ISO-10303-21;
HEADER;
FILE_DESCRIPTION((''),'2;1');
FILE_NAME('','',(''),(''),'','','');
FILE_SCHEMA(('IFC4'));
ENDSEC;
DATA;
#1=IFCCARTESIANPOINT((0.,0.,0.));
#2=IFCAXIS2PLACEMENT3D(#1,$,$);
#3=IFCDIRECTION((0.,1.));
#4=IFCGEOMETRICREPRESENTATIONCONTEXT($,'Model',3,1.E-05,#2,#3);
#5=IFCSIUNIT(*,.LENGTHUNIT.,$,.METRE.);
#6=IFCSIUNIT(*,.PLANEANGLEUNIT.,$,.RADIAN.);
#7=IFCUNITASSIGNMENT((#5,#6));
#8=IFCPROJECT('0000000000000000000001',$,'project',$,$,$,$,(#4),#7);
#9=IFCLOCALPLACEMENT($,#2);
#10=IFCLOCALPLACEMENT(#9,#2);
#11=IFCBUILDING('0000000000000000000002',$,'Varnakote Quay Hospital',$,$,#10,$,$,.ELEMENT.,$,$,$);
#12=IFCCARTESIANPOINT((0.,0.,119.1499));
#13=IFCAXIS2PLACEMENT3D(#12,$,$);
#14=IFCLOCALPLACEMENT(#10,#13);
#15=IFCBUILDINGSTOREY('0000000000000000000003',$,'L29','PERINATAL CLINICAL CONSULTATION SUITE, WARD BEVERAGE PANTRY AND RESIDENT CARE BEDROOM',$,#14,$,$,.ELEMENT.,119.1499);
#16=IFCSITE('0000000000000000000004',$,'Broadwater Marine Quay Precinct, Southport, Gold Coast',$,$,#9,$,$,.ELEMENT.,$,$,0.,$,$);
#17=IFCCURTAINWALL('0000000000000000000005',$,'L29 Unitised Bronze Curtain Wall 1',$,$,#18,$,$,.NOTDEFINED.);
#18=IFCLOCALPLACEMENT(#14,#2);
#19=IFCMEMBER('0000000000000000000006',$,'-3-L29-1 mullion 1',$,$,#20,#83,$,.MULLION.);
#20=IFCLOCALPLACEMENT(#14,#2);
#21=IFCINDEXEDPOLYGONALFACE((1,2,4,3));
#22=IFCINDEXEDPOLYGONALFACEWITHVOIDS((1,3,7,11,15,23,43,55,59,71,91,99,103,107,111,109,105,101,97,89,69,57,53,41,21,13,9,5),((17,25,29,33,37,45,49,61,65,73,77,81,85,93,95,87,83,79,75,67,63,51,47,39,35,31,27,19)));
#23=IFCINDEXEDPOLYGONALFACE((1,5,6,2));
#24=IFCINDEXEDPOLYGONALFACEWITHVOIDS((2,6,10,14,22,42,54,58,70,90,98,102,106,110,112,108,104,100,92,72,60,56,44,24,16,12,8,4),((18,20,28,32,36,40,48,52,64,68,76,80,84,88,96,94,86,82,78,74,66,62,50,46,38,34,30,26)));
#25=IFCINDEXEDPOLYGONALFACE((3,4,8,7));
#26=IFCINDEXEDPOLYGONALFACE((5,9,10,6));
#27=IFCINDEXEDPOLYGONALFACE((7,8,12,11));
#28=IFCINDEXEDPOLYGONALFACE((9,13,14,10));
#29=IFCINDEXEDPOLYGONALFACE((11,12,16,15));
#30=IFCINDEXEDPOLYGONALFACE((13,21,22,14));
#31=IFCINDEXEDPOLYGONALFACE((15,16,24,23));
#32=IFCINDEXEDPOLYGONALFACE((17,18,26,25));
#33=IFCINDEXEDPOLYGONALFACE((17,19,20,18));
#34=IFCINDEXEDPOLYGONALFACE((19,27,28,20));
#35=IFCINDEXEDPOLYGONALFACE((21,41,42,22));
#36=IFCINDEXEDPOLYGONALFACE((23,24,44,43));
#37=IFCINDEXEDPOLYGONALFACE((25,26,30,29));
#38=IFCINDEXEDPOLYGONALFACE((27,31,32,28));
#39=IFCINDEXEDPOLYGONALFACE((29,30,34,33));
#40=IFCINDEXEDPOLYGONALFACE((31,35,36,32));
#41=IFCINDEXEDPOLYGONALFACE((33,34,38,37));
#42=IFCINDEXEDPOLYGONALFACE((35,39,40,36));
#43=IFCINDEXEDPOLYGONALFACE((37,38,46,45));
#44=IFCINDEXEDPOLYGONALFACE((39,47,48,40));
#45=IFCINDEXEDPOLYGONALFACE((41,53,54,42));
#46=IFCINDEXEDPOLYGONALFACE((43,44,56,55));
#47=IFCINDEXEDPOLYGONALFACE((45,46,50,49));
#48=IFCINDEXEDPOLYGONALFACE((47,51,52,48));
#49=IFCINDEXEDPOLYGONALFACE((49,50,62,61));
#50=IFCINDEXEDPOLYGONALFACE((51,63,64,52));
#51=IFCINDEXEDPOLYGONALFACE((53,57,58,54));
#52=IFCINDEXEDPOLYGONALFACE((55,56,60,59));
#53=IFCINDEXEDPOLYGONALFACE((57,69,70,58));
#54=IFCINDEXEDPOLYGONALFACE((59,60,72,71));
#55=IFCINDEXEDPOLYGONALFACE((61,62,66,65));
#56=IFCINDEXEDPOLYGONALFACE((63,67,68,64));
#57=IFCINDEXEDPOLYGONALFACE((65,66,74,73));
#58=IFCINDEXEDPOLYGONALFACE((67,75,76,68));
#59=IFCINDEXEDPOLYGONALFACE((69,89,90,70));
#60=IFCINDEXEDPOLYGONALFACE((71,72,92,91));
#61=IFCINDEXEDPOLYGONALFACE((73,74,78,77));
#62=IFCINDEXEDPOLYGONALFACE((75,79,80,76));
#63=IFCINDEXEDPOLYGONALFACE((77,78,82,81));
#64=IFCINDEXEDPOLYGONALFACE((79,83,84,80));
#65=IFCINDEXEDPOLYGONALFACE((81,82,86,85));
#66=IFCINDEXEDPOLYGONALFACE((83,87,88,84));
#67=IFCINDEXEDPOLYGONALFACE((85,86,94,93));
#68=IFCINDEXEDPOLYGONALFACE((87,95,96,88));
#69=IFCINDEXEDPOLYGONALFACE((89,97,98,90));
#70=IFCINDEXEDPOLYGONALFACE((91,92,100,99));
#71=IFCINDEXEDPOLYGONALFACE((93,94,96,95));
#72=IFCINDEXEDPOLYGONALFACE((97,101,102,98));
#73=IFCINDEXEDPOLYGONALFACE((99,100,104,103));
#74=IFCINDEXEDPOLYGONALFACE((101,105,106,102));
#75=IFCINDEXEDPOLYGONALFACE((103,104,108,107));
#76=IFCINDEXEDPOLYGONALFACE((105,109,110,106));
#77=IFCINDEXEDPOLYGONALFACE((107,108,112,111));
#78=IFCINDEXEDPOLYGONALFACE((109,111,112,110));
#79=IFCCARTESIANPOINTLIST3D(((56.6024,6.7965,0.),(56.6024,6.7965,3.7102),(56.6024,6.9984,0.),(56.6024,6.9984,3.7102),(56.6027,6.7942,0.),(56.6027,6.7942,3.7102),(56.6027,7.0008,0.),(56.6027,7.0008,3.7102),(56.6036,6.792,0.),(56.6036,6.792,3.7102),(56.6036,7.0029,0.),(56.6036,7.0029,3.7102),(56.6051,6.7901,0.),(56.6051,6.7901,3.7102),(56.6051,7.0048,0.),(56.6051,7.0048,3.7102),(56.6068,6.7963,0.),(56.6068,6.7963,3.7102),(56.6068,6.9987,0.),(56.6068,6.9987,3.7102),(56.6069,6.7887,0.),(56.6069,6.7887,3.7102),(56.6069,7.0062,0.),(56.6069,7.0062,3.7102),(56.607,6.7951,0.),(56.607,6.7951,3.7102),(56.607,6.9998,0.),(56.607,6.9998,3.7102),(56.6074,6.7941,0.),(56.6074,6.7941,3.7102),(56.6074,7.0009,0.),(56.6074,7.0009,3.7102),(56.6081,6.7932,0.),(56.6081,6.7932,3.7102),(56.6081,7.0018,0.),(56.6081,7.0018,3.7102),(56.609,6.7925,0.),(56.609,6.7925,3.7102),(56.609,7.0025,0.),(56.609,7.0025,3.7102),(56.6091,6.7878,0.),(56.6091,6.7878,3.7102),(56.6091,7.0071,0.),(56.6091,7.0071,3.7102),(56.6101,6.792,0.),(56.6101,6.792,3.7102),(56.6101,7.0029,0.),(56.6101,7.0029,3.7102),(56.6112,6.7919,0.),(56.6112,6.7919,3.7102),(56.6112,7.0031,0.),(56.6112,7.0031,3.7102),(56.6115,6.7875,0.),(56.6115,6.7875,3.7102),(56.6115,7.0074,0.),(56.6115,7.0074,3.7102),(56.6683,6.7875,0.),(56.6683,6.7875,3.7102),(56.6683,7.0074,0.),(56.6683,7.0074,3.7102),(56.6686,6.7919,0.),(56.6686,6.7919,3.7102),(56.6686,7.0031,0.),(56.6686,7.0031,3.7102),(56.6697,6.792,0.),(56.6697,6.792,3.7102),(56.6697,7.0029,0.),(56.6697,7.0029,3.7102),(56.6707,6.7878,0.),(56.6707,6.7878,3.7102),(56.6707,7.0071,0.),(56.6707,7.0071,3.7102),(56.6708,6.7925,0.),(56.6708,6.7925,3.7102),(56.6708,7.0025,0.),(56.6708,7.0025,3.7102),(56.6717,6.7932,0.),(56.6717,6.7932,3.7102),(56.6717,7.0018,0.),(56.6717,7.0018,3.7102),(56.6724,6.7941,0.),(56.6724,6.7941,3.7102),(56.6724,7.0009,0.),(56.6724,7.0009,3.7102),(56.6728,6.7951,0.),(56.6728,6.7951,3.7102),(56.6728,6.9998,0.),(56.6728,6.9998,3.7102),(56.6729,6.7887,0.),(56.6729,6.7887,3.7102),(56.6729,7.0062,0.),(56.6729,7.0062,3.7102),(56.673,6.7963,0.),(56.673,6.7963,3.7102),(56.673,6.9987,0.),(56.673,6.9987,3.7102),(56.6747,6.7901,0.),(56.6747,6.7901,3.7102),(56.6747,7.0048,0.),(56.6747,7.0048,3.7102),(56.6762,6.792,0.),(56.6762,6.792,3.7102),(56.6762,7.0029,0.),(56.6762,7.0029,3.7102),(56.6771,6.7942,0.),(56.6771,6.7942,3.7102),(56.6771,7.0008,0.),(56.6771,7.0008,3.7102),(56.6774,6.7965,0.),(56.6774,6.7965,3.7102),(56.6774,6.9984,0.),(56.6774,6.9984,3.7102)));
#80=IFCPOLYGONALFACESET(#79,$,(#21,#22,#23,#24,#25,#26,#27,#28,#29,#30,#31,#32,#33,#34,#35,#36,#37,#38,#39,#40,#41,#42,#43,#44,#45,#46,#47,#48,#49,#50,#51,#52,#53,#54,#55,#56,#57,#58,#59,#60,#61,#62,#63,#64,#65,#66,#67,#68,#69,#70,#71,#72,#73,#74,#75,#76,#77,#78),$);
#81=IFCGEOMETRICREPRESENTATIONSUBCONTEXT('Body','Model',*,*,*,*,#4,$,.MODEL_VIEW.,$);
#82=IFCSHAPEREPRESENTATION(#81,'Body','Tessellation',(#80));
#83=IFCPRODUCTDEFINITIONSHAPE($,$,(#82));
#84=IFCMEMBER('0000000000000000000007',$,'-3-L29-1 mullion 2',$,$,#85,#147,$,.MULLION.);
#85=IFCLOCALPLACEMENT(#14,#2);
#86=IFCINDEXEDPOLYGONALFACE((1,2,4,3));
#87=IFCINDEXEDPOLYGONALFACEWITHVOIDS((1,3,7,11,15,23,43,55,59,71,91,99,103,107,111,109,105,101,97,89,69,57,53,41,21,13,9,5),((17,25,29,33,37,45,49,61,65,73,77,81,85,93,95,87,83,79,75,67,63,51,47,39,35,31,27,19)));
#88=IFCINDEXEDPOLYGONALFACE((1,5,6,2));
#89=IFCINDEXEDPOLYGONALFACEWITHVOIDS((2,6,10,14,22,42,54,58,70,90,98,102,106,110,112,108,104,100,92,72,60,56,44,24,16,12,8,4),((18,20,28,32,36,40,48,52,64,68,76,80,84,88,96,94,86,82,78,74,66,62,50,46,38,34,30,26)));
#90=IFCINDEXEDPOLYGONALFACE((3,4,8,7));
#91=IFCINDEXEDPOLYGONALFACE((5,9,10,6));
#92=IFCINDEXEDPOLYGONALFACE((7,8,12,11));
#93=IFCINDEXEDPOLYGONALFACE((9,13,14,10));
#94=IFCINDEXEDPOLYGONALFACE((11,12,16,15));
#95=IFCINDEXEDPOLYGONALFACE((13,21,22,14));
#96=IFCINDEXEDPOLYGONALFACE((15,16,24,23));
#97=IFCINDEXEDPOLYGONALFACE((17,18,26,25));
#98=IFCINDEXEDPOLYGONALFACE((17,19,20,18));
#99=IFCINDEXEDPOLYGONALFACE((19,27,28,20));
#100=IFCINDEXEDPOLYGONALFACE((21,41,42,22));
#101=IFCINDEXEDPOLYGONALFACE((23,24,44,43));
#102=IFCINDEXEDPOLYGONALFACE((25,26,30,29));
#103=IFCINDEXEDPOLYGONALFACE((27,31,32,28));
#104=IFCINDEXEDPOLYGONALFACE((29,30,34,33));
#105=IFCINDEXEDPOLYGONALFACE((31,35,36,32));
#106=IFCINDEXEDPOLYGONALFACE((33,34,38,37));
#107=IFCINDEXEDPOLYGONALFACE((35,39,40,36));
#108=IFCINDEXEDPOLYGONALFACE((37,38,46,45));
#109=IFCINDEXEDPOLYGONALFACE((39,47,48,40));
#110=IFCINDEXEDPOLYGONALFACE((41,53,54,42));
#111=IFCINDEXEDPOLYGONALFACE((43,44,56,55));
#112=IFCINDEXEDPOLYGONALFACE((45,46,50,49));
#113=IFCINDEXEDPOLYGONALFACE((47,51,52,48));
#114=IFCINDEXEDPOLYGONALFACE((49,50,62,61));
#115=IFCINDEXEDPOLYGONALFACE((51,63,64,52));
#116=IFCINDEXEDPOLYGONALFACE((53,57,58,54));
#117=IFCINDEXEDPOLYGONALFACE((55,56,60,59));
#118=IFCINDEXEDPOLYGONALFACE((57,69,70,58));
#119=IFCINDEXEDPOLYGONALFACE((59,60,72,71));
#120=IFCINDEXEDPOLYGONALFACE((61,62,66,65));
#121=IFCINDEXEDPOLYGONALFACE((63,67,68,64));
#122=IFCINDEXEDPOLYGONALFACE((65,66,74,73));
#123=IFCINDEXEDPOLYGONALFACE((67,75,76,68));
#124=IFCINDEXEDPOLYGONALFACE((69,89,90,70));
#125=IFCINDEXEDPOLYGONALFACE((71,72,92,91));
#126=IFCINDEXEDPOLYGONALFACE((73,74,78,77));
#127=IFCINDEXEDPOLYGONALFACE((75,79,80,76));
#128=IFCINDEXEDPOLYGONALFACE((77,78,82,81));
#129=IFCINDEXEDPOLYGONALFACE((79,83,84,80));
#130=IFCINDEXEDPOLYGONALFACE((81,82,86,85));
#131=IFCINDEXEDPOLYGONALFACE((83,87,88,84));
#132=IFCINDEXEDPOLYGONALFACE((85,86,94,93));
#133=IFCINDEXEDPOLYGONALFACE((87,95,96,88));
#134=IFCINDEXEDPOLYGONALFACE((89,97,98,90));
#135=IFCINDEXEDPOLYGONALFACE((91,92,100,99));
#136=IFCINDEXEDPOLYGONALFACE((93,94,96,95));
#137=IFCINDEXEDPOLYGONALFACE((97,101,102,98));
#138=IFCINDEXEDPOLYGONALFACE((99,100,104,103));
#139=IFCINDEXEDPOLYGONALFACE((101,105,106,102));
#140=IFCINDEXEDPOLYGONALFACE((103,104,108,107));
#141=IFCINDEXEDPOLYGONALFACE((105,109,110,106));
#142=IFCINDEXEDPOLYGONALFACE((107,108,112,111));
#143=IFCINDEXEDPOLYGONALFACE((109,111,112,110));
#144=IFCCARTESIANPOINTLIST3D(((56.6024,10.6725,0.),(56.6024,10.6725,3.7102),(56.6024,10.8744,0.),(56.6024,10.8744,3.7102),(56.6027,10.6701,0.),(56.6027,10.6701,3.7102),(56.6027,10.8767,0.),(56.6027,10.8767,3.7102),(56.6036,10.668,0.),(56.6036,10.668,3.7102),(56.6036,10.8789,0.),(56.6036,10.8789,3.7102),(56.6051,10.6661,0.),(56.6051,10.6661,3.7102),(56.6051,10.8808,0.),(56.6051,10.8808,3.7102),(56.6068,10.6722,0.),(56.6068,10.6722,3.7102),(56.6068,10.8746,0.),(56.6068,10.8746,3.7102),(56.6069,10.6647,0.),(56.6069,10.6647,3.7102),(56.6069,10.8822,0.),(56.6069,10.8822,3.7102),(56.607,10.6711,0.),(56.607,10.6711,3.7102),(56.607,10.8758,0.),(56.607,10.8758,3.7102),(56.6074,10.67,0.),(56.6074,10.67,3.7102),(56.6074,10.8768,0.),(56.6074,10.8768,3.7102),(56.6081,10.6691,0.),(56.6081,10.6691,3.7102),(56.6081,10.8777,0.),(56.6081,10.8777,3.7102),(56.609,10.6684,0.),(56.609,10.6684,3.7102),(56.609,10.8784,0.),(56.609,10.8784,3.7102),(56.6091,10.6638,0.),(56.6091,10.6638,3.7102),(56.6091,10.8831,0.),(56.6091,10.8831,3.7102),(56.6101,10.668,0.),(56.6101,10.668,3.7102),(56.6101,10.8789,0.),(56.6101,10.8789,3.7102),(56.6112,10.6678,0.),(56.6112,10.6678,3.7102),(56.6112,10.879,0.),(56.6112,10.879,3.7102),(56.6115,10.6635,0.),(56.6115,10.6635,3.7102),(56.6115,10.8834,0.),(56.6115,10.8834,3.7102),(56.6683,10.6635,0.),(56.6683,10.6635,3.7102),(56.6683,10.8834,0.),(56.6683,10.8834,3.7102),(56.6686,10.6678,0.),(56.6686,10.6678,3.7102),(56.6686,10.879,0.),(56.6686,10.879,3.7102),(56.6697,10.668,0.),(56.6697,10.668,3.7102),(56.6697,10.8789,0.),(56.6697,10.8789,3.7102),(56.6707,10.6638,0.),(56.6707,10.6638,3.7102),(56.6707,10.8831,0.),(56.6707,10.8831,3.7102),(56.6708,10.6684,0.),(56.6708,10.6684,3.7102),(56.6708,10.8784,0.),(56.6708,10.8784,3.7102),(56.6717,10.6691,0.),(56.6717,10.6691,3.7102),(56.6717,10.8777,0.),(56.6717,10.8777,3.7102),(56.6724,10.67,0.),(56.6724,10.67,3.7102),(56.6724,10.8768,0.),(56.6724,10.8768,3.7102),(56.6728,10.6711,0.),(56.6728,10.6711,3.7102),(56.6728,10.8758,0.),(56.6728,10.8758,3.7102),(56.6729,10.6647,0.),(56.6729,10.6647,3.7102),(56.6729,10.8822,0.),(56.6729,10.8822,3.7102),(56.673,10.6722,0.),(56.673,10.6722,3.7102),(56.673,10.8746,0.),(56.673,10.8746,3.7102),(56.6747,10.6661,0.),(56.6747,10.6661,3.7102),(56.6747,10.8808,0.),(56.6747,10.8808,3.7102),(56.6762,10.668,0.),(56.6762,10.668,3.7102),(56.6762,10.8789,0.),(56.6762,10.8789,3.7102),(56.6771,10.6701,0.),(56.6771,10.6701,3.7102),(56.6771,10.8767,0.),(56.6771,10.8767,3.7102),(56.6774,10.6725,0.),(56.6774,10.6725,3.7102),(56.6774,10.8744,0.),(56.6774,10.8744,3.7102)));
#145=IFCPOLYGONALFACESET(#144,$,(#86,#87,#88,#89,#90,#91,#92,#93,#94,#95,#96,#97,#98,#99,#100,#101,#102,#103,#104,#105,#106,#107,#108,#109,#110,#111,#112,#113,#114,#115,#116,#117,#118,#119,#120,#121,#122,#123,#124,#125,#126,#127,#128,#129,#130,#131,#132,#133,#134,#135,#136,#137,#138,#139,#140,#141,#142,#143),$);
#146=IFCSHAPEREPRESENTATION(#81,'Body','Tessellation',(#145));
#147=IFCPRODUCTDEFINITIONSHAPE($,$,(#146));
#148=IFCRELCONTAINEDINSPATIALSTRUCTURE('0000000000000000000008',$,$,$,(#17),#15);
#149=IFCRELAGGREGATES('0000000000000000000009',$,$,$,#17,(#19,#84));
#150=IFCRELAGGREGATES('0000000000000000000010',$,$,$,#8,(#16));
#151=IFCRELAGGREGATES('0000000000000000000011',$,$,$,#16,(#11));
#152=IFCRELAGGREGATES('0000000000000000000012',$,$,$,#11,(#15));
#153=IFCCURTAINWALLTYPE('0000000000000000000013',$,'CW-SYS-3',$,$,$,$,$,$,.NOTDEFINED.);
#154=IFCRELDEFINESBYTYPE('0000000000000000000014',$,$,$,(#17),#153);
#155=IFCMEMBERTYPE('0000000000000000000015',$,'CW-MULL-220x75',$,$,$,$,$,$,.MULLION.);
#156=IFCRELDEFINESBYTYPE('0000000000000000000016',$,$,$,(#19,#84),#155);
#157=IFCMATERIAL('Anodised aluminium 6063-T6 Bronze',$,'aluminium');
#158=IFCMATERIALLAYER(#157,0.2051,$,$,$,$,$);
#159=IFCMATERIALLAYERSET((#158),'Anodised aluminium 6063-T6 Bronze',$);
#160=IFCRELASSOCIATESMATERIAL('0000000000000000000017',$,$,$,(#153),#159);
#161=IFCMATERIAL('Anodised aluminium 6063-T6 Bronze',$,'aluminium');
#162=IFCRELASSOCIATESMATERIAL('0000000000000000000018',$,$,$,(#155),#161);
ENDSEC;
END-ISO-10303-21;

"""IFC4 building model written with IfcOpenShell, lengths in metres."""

from ifc_helpers import new_model, si_unit, direction, frame, origin, origin_2d, place, context, subcontext, project, spatial, hollow_rectangle, extrude, material, layer, layer_set, material_profile, profile_set, type_object, element, aggregate, save


model = new_model("IFC4")

# Units and contexts
model_context = context("Model", 3, precision=1e-05, world=origin(), true_north=direction((0.0, 1.0)))
body_context = subcontext(model_context, "Body", "Model", "MODEL_VIEW")
ifc_project = project(units=[si_unit("LENGTHUNIT", "METRE"), si_unit("PLANEANGLEUNIT", "RADIAN")], contexts=[model_context])

# Site, building, storey
site_placement = place(None, origin())
site = spatial("IfcSite", under=ifc_project, at=site_placement, Name="Broadwater Marine Quay Precinct, Southport, Gold Coast", CompositionType="ELEMENT", RefElevation=0.0)
building_placement = place(site_placement, origin())
building = spatial("IfcBuilding", under=site, at=building_placement, Name="Varnakote Quay Hospital", CompositionType="ELEMENT")
storey_placement = place(building_placement, frame((0.0, 0.0, 119.1499)))
storey = spatial("IfcBuildingStorey", under=building, at=storey_placement, Name="L29", Description="PERINATAL CLINICAL CONSULTATION SUITE, WARD BEVERAGE PANTRY AND RESIDENT CARE BEDROOM", CompositionType="ELEMENT", Elevation=119.1499)

# Curtain wall, members
ifc_material_1 = material(Name="Anodised aluminium 6063-T6 Bronze", Category="aluminium")
ifc_layer_1 = layer(ifc_material_1, 0.2051)
ifc_layer_set_1 = layer_set([ifc_layer_1], Name="Anodised aluminium 6063-T6 Bronze")
curtain_wall_type = type_object("IfcCurtainWallType", Name="CW-SYS-3", PredefinedType="NOTDEFINED", material=ifc_layer_set_1)
curtain_wall_placement = place(storey_placement, origin())
curtain_wall = element("IfcCurtainWall", 1, at=curtain_wall_placement, inside=storey, type_object=curtain_wall_type, Name="L29 Unitised Bronze Curtain Wall 1", PredefinedType="NOTDEFINED")
ifc_material_2 = material(Name="Anodised aluminium 6063-T6 Bronze", Category="aluminium")
ifc_material_profile_1 = material_profile(ifc_material_2, hollow_rectangle(XDim=0.075, YDim=0.22, WallThickness=0.0044, InnerFilletRadius=0.0044, OuterFilletRadius=0.009, at=origin_2d()), Name="CW-MULL-220x75")
ifc_profile_set_1 = profile_set([ifc_material_profile_1], Name="Anodised aluminium 6063-T6 Bronze")
member_type_1 = type_object("IfcMemberType", Name="CW-MULL-220x75", PredefinedType="MULLION", material=ifc_profile_set_1)
member_1_placement = place(storey_placement, frame((56.6399, 6.8975, 0.0), z_axis=(0.0, 0.0, 1.0), x_axis=(-1.0, 0.0, 0.0)))
member_1 = element("IfcMember", 2, at=member_1_placement, type_object=member_type_1, Name="-3-L29-1 mullion 1", PredefinedType="MULLION", context=body_context, shape_type="SweptSolid", body=[
    extrude(hollow_rectangle(XDim=0.075, YDim=0.22, WallThickness=0.0044, InnerFilletRadius=0.0044, OuterFilletRadius=0.009, at=origin_2d()), origin(), (0.0, 0.0, 1.0), 3.7102),
])
member_2_placement = place(storey_placement, frame((56.6399, 10.7734, 0.0), z_axis=(0.0, 0.0, 1.0), x_axis=(-1.0, 0.0, 0.0)))
member_2 = element("IfcMember", 3, at=member_2_placement, type_object=member_type_1, Name="-3-L29-1 mullion 2", PredefinedType="MULLION", context=body_context, shape_type="SweptSolid", body=[
    extrude(hollow_rectangle(XDim=0.075, YDim=0.22, WallThickness=0.0044, InnerFilletRadius=0.0044, OuterFilletRadius=0.009, at=origin_2d()), origin(), (0.0, 0.0, 1.0), 3.7102),
])
aggregate(curtain_wall, [member_1, member_2])

save(model, "model.ifc")
